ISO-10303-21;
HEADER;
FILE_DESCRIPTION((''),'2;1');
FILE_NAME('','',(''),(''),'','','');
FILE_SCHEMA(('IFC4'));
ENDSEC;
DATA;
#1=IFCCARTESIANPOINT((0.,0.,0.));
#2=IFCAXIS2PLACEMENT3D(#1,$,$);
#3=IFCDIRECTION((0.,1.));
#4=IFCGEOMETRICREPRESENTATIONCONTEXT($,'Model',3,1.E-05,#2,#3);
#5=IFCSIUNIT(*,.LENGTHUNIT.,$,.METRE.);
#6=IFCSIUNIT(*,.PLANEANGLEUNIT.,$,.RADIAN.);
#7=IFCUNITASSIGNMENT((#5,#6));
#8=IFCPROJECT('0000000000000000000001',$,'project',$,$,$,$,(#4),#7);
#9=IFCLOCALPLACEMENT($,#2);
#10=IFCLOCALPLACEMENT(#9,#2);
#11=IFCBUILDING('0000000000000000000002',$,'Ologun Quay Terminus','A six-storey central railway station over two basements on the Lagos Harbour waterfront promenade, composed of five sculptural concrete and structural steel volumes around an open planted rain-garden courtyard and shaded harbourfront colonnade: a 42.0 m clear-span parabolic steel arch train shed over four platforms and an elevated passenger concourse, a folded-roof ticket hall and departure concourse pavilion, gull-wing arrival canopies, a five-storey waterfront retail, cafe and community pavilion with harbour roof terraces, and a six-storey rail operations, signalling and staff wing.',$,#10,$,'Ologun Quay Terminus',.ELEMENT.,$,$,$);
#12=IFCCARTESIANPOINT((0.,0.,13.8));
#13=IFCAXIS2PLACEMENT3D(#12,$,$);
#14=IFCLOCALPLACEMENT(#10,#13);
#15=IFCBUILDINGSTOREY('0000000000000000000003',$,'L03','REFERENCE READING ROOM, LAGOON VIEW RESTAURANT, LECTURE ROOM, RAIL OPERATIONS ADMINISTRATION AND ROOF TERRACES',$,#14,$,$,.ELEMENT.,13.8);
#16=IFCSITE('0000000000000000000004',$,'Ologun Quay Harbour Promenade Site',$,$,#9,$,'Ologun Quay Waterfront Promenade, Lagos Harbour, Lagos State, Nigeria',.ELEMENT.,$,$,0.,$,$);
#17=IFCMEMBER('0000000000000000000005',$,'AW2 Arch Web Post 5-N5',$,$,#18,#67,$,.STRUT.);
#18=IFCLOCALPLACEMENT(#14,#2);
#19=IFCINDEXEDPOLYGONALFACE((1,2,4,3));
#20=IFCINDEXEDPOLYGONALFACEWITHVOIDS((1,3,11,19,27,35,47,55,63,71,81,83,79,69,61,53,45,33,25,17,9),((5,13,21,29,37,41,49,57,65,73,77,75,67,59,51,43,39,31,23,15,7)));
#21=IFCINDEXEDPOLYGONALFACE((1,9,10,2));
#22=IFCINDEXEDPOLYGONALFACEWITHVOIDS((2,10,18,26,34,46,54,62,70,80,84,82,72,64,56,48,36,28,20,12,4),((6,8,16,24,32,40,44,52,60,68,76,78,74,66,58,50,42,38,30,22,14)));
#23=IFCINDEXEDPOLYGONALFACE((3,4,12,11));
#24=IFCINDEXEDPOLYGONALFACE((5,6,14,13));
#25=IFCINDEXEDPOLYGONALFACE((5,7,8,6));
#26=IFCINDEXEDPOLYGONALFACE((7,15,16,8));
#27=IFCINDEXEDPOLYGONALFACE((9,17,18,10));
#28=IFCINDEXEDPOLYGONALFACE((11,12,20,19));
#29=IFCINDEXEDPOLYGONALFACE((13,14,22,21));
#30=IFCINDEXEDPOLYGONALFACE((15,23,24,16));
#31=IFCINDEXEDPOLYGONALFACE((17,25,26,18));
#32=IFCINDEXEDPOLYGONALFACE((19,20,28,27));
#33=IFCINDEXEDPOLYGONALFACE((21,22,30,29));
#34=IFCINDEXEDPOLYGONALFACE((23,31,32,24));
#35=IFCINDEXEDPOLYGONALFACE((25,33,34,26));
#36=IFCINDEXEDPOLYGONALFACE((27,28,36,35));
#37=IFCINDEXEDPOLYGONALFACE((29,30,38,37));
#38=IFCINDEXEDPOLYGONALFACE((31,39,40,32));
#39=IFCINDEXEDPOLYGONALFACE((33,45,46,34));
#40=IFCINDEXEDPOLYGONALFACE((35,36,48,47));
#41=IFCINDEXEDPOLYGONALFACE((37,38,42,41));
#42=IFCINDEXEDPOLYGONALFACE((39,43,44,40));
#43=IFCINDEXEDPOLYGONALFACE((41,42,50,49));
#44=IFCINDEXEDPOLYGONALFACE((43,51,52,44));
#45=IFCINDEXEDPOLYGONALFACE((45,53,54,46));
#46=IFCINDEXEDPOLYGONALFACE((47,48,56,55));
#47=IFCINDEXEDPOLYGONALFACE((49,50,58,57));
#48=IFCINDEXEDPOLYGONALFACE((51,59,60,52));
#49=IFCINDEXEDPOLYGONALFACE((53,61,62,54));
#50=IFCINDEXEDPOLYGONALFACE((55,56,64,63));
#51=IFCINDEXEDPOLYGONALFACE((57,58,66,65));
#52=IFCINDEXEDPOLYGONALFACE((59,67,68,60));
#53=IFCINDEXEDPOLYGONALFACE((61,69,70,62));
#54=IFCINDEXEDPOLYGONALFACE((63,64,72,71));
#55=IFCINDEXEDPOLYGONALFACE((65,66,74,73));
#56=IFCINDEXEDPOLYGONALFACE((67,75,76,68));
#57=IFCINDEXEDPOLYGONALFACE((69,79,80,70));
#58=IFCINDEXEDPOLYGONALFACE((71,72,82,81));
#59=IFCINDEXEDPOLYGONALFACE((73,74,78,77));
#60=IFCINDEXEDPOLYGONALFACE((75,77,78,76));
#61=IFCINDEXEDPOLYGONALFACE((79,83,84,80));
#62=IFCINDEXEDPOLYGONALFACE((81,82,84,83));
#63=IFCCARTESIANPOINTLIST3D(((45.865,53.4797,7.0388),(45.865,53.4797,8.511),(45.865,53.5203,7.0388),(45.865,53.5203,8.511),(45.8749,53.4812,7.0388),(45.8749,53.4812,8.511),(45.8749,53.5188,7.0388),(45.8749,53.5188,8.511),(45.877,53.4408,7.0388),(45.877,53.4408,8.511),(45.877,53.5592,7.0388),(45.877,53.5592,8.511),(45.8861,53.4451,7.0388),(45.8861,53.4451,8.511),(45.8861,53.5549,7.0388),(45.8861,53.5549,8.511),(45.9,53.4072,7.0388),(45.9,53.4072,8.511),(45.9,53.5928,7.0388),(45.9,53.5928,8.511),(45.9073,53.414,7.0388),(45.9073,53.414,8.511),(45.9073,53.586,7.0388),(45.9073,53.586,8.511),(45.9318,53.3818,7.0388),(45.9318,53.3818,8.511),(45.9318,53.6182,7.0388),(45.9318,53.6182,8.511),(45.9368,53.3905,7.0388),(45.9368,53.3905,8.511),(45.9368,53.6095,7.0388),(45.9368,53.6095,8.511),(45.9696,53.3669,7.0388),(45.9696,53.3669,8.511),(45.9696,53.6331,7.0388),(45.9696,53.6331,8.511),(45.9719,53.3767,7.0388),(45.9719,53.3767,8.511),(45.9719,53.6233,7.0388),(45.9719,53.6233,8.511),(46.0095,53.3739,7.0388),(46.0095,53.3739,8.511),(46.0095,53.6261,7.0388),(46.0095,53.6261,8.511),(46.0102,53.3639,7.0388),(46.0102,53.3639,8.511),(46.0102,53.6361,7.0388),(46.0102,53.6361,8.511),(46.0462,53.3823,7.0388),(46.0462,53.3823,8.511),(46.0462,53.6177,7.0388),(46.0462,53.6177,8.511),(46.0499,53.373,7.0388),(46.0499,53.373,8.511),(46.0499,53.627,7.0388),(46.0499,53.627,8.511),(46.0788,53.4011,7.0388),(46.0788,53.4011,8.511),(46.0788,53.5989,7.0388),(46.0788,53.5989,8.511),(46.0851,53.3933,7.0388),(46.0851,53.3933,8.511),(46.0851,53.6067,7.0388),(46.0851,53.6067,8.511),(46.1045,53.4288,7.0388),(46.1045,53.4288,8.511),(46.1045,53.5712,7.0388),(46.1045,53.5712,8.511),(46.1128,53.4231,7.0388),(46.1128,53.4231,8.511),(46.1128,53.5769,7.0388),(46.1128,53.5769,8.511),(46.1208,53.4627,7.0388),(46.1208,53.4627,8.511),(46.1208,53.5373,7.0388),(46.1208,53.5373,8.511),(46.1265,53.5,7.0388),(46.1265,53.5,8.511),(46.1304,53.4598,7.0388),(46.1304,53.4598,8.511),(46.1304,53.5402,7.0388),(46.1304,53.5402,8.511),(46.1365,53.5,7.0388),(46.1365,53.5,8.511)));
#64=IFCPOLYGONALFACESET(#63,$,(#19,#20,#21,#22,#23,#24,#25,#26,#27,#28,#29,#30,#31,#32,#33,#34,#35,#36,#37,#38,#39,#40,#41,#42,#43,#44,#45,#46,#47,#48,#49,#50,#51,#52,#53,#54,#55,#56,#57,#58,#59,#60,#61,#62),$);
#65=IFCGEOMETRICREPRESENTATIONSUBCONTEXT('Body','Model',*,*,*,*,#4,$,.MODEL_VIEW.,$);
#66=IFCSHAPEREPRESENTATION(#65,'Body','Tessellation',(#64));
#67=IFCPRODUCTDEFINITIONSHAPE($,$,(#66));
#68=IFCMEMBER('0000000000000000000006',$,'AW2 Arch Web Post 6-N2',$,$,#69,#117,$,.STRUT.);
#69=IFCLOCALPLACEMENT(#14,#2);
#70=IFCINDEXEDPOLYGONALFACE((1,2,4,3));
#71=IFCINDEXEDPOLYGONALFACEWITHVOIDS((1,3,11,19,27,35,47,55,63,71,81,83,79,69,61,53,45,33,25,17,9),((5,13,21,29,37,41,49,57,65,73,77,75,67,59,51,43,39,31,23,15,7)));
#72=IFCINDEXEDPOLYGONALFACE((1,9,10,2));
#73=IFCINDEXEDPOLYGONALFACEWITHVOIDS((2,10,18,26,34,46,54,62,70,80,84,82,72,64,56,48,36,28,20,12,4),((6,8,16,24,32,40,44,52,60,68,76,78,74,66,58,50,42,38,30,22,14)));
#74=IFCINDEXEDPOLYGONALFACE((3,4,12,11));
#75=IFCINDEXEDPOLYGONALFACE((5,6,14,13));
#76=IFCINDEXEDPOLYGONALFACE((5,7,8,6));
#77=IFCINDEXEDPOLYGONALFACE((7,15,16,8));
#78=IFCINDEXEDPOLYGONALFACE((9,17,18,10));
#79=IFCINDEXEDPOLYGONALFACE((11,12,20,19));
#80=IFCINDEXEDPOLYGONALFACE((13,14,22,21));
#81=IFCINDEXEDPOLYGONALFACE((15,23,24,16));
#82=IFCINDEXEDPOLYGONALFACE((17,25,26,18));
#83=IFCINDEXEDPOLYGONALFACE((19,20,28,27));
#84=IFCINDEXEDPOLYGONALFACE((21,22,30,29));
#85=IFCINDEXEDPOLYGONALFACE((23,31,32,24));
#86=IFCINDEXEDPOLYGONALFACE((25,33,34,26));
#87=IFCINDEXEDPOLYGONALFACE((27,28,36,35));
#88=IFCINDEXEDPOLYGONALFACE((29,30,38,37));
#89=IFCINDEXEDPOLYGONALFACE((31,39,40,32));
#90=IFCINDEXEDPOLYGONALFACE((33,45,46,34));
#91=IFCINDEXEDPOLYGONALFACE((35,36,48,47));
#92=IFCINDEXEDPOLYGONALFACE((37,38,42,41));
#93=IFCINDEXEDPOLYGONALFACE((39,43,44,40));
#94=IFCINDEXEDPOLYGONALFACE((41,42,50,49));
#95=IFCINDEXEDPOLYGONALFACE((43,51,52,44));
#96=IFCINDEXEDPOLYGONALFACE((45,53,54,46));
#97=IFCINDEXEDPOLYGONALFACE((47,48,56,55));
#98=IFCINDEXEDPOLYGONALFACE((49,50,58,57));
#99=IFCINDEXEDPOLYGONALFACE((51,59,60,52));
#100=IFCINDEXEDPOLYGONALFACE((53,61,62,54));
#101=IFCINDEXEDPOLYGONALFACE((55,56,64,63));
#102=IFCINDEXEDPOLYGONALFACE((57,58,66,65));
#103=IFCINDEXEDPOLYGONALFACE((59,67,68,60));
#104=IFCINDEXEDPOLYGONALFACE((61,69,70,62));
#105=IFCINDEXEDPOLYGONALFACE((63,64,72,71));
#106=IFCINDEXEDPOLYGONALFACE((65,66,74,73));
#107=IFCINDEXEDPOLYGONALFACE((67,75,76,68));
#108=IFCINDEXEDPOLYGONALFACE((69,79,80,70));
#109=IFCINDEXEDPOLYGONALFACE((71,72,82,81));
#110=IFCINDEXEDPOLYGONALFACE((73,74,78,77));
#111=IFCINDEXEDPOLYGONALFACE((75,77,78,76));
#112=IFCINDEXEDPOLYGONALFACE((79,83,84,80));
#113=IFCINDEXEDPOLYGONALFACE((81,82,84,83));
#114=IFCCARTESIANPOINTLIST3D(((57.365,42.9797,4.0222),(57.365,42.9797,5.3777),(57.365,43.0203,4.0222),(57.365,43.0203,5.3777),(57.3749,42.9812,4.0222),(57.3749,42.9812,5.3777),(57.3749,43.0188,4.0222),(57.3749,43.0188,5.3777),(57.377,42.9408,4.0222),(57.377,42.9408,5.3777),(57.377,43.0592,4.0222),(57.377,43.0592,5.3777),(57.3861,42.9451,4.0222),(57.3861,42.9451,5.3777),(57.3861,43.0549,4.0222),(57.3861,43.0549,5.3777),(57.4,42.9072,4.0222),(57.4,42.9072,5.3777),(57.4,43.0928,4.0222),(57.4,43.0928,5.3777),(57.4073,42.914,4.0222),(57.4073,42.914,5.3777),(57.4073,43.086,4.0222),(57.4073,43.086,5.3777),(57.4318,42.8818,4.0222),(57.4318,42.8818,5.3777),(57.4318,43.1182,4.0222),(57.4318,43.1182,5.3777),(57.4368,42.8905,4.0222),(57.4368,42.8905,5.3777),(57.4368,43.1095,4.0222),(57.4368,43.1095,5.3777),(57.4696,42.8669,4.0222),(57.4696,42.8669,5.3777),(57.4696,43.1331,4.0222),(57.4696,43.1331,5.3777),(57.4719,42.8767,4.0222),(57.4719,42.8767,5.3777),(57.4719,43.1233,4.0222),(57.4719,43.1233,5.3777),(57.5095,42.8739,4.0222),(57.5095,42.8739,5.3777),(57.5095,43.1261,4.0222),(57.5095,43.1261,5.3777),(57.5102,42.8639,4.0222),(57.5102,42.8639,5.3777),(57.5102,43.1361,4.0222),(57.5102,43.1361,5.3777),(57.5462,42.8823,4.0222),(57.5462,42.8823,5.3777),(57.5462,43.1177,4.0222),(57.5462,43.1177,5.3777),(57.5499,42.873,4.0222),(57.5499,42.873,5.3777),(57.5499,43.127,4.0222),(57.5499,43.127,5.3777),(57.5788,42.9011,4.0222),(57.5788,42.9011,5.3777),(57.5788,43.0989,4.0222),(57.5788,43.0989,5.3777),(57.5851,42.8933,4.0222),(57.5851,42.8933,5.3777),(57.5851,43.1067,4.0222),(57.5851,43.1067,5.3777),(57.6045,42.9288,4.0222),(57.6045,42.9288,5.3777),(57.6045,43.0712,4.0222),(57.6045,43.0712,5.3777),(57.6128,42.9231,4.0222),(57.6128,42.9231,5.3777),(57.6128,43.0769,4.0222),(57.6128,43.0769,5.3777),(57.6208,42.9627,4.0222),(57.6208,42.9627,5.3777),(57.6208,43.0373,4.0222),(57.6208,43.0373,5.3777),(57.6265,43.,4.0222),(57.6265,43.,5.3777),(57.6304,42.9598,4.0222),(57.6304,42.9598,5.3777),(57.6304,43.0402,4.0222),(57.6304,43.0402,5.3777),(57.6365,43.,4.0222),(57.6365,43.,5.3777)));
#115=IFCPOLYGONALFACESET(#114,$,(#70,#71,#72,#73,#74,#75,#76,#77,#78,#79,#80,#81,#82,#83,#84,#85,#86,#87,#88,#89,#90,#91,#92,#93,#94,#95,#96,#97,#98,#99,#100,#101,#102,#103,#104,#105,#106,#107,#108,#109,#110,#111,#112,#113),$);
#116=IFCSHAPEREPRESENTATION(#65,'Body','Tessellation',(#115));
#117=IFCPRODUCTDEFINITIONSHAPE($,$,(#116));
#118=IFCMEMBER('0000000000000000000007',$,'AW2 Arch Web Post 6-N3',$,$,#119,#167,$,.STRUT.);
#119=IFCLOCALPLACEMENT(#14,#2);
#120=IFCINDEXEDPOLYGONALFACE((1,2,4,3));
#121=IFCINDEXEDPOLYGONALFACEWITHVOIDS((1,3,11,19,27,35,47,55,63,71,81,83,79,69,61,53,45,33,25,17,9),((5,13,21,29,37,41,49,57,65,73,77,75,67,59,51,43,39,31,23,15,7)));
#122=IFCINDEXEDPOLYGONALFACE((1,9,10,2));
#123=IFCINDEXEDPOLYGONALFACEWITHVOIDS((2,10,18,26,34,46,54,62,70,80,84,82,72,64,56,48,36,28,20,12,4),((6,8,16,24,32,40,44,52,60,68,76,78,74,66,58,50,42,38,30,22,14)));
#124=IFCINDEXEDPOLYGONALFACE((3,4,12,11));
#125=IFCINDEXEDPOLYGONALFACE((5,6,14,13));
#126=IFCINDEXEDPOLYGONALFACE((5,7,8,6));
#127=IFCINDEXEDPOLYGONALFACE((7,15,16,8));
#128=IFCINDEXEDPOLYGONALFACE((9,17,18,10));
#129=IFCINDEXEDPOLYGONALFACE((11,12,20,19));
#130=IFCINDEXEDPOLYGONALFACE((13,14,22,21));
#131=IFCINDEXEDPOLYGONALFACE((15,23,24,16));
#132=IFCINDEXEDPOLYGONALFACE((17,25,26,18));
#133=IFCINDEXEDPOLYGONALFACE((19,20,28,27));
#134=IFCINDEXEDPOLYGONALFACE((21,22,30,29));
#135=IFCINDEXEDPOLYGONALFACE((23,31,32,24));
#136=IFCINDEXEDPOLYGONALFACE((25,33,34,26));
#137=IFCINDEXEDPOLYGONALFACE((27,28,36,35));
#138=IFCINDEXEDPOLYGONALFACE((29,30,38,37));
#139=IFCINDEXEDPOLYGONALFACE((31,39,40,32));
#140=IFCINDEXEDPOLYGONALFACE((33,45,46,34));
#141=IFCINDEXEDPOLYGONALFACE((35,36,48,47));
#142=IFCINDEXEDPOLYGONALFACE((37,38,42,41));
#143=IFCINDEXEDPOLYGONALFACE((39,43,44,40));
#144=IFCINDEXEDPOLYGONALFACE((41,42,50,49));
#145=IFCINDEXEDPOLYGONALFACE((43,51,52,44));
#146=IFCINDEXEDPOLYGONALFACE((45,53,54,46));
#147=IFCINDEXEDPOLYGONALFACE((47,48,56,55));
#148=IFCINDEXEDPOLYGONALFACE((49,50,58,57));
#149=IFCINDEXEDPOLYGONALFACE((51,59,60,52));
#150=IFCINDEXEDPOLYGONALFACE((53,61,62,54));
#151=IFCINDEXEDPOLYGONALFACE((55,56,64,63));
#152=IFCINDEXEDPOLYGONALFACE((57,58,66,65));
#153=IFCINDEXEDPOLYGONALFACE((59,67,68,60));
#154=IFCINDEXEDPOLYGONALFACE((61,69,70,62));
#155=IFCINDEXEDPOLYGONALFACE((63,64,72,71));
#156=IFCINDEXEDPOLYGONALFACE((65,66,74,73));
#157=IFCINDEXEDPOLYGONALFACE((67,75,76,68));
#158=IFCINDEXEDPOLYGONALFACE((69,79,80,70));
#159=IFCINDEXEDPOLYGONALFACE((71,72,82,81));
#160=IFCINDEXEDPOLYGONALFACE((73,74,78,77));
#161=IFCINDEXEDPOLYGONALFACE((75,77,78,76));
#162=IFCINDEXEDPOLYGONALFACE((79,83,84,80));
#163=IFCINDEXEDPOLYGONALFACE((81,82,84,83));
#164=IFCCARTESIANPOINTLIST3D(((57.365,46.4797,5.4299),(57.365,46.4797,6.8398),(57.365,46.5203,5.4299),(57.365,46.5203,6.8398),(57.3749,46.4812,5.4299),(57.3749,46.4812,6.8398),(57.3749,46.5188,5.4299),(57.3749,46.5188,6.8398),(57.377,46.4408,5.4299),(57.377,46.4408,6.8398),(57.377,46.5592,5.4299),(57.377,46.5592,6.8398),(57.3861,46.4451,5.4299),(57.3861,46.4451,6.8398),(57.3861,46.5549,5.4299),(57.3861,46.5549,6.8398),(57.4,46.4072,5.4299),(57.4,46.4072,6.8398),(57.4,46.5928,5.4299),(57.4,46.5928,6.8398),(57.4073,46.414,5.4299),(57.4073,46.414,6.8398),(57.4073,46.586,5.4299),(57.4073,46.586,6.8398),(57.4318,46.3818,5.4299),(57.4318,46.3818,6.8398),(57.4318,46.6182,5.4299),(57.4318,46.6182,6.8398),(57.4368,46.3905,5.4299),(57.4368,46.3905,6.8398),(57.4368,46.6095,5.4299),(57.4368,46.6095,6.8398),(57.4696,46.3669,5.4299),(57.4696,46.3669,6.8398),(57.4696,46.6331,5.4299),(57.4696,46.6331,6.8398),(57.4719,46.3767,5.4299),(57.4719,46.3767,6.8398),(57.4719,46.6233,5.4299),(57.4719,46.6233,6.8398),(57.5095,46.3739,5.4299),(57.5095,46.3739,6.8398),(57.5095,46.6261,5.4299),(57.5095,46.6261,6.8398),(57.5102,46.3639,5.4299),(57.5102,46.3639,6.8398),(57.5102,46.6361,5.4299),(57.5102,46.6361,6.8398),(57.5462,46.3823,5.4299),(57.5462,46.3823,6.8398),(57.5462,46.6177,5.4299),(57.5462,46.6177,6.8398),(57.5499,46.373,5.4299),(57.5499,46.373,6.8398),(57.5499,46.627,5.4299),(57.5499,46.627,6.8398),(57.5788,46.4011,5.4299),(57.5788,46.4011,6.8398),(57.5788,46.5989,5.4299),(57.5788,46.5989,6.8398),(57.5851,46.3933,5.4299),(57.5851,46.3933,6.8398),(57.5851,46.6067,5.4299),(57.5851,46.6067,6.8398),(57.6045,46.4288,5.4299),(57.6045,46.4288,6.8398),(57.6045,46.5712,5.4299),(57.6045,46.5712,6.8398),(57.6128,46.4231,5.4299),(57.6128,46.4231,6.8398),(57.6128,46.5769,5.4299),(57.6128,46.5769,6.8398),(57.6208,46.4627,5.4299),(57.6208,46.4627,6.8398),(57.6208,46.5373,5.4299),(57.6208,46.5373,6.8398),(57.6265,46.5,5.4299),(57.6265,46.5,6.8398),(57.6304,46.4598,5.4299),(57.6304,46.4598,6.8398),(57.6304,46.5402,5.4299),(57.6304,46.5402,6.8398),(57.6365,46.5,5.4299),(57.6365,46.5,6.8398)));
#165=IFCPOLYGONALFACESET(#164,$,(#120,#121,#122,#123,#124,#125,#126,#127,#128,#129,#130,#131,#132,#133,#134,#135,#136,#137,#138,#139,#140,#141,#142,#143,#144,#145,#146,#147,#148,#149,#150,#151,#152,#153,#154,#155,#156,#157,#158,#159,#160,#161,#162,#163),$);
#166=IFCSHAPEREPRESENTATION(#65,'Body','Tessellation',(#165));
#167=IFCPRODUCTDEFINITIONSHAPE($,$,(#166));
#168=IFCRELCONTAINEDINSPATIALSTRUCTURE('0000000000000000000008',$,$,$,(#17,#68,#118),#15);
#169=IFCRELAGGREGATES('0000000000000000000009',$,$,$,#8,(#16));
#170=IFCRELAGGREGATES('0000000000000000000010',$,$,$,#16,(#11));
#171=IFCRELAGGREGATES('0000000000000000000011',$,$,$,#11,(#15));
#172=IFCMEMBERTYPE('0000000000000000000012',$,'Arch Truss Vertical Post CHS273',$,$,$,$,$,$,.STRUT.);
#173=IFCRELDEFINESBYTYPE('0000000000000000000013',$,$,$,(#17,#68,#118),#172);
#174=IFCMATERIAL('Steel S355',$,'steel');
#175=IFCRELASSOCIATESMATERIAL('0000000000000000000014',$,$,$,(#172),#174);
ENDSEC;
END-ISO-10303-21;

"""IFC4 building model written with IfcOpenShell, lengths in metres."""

from ifc_helpers import new_model, si_unit, direction, frame, origin, origin_2d, place, context, subcontext, project, spatial, hollow_circle, extrude, material, material_profile, profile_set, type_object, element, save


model = new_model("IFC4")

# Units and contexts
model_context = context("Model", 3, precision=1e-05, world=origin(), true_north=direction((0.0, 1.0)))
body_context = subcontext(model_context, "Body", "Model", "MODEL_VIEW")
ifc_project = project(units=[si_unit("LENGTHUNIT", "METRE"), si_unit("PLANEANGLEUNIT", "RADIAN")], contexts=[model_context])

# Site, building, storey
site_placement = place(None, origin())
site = spatial("IfcSite", under=ifc_project, at=site_placement, Name="Ologun Quay Harbour Promenade Site", LongName="Ologun Quay Waterfront Promenade, Lagos Harbour, Lagos State, Nigeria", CompositionType="ELEMENT", RefElevation=0.0)
building_placement = place(site_placement, origin())
building = spatial("IfcBuilding", under=site, at=building_placement, Name="Ologun Quay Terminus", Description="A six-storey central railway station over two basements on the Lagos Harbour waterfront promenade, composed of five sculptural concrete and structural steel volumes around an open planted rain-garden courtyard and shaded harbourfront colonnade: a 42.0 m clear-span parabolic steel arch train shed over four platforms and an elevated passenger concourse, a folded-roof ticket hall and departure concourse pavilion, gull-wing arrival canopies, a five-storey waterfront retail, cafe and community pavilion with harbour roof terraces, and a six-storey rail operations, signalling and staff wing.", LongName="Ologun Quay Terminus", CompositionType="ELEMENT")
storey_placement = place(building_placement, frame((0.0, 0.0, 13.8)))
storey = spatial("IfcBuildingStorey", under=building, at=storey_placement, Name="L03", Description="REFERENCE READING ROOM, LAGOON VIEW RESTAURANT, LECTURE ROOM, RAIL OPERATIONS ADMINISTRATION AND ROOF TERRACES", CompositionType="ELEMENT", Elevation=13.8)

# Members
ifc_material_1 = material(Name="Steel S355", Category="steel")
ifc_material_profile_1 = material_profile(ifc_material_1, hollow_circle(Radius=0.1365, WallThickness=0.01, at=origin_2d()), Name="CHS 273x10")
ifc_profile_set_1 = profile_set([ifc_material_profile_1], Name="Steel S355")
member_type_1 = type_object("IfcMemberType", Name="Arch Truss Vertical Post CHS273", PredefinedType="STRUT", material=ifc_profile_set_1)
member_1_placement = place(storey_placement, frame((46.0, 53.5, 7.0388), z_axis=(0.0, 0.0, 1.0), x_axis=(1.0, 0.0, 0.0)))
element("IfcMember", 1, at=member_1_placement, inside=storey, type_object=member_type_1, Name="AW2 Arch Web Post 5-N5", PredefinedType="STRUT", context=body_context, shape_type="SweptSolid", body=[
    extrude(hollow_circle(Radius=0.1365, WallThickness=0.01, at=origin_2d()), origin(), (0.0, 0.0, 1.0), 1.4722),
])
member_2_placement = place(storey_placement, frame((57.5, 43.0, 4.0222), z_axis=(0.0, 0.0, 1.0), x_axis=(1.0, 0.0, 0.0)))
element("IfcMember", 2, at=member_2_placement, inside=storey, type_object=member_type_1, Name="AW2 Arch Web Post 6-N2", PredefinedType="STRUT", context=body_context, shape_type="SweptSolid", body=[
    extrude(hollow_circle(Radius=0.1365, WallThickness=0.01, at=origin_2d()), origin(), (0.0, 0.0, 1.0), 1.3555),
])
member_3_placement = place(storey_placement, frame((57.5, 46.5, 5.4299), z_axis=(0.0, 0.0, 1.0), x_axis=(1.0, 0.0, 0.0)))
element("IfcMember", 3, at=member_3_placement, inside=storey, type_object=member_type_1, Name="AW2 Arch Web Post 6-N3", PredefinedType="STRUT", context=body_context, shape_type="SweptSolid", body=[
    extrude(hollow_circle(Radius=0.1365, WallThickness=0.01, at=origin_2d()), origin(), (0.0, 0.0, 1.0), 1.4099),
])

save(model, "model.ifc")
